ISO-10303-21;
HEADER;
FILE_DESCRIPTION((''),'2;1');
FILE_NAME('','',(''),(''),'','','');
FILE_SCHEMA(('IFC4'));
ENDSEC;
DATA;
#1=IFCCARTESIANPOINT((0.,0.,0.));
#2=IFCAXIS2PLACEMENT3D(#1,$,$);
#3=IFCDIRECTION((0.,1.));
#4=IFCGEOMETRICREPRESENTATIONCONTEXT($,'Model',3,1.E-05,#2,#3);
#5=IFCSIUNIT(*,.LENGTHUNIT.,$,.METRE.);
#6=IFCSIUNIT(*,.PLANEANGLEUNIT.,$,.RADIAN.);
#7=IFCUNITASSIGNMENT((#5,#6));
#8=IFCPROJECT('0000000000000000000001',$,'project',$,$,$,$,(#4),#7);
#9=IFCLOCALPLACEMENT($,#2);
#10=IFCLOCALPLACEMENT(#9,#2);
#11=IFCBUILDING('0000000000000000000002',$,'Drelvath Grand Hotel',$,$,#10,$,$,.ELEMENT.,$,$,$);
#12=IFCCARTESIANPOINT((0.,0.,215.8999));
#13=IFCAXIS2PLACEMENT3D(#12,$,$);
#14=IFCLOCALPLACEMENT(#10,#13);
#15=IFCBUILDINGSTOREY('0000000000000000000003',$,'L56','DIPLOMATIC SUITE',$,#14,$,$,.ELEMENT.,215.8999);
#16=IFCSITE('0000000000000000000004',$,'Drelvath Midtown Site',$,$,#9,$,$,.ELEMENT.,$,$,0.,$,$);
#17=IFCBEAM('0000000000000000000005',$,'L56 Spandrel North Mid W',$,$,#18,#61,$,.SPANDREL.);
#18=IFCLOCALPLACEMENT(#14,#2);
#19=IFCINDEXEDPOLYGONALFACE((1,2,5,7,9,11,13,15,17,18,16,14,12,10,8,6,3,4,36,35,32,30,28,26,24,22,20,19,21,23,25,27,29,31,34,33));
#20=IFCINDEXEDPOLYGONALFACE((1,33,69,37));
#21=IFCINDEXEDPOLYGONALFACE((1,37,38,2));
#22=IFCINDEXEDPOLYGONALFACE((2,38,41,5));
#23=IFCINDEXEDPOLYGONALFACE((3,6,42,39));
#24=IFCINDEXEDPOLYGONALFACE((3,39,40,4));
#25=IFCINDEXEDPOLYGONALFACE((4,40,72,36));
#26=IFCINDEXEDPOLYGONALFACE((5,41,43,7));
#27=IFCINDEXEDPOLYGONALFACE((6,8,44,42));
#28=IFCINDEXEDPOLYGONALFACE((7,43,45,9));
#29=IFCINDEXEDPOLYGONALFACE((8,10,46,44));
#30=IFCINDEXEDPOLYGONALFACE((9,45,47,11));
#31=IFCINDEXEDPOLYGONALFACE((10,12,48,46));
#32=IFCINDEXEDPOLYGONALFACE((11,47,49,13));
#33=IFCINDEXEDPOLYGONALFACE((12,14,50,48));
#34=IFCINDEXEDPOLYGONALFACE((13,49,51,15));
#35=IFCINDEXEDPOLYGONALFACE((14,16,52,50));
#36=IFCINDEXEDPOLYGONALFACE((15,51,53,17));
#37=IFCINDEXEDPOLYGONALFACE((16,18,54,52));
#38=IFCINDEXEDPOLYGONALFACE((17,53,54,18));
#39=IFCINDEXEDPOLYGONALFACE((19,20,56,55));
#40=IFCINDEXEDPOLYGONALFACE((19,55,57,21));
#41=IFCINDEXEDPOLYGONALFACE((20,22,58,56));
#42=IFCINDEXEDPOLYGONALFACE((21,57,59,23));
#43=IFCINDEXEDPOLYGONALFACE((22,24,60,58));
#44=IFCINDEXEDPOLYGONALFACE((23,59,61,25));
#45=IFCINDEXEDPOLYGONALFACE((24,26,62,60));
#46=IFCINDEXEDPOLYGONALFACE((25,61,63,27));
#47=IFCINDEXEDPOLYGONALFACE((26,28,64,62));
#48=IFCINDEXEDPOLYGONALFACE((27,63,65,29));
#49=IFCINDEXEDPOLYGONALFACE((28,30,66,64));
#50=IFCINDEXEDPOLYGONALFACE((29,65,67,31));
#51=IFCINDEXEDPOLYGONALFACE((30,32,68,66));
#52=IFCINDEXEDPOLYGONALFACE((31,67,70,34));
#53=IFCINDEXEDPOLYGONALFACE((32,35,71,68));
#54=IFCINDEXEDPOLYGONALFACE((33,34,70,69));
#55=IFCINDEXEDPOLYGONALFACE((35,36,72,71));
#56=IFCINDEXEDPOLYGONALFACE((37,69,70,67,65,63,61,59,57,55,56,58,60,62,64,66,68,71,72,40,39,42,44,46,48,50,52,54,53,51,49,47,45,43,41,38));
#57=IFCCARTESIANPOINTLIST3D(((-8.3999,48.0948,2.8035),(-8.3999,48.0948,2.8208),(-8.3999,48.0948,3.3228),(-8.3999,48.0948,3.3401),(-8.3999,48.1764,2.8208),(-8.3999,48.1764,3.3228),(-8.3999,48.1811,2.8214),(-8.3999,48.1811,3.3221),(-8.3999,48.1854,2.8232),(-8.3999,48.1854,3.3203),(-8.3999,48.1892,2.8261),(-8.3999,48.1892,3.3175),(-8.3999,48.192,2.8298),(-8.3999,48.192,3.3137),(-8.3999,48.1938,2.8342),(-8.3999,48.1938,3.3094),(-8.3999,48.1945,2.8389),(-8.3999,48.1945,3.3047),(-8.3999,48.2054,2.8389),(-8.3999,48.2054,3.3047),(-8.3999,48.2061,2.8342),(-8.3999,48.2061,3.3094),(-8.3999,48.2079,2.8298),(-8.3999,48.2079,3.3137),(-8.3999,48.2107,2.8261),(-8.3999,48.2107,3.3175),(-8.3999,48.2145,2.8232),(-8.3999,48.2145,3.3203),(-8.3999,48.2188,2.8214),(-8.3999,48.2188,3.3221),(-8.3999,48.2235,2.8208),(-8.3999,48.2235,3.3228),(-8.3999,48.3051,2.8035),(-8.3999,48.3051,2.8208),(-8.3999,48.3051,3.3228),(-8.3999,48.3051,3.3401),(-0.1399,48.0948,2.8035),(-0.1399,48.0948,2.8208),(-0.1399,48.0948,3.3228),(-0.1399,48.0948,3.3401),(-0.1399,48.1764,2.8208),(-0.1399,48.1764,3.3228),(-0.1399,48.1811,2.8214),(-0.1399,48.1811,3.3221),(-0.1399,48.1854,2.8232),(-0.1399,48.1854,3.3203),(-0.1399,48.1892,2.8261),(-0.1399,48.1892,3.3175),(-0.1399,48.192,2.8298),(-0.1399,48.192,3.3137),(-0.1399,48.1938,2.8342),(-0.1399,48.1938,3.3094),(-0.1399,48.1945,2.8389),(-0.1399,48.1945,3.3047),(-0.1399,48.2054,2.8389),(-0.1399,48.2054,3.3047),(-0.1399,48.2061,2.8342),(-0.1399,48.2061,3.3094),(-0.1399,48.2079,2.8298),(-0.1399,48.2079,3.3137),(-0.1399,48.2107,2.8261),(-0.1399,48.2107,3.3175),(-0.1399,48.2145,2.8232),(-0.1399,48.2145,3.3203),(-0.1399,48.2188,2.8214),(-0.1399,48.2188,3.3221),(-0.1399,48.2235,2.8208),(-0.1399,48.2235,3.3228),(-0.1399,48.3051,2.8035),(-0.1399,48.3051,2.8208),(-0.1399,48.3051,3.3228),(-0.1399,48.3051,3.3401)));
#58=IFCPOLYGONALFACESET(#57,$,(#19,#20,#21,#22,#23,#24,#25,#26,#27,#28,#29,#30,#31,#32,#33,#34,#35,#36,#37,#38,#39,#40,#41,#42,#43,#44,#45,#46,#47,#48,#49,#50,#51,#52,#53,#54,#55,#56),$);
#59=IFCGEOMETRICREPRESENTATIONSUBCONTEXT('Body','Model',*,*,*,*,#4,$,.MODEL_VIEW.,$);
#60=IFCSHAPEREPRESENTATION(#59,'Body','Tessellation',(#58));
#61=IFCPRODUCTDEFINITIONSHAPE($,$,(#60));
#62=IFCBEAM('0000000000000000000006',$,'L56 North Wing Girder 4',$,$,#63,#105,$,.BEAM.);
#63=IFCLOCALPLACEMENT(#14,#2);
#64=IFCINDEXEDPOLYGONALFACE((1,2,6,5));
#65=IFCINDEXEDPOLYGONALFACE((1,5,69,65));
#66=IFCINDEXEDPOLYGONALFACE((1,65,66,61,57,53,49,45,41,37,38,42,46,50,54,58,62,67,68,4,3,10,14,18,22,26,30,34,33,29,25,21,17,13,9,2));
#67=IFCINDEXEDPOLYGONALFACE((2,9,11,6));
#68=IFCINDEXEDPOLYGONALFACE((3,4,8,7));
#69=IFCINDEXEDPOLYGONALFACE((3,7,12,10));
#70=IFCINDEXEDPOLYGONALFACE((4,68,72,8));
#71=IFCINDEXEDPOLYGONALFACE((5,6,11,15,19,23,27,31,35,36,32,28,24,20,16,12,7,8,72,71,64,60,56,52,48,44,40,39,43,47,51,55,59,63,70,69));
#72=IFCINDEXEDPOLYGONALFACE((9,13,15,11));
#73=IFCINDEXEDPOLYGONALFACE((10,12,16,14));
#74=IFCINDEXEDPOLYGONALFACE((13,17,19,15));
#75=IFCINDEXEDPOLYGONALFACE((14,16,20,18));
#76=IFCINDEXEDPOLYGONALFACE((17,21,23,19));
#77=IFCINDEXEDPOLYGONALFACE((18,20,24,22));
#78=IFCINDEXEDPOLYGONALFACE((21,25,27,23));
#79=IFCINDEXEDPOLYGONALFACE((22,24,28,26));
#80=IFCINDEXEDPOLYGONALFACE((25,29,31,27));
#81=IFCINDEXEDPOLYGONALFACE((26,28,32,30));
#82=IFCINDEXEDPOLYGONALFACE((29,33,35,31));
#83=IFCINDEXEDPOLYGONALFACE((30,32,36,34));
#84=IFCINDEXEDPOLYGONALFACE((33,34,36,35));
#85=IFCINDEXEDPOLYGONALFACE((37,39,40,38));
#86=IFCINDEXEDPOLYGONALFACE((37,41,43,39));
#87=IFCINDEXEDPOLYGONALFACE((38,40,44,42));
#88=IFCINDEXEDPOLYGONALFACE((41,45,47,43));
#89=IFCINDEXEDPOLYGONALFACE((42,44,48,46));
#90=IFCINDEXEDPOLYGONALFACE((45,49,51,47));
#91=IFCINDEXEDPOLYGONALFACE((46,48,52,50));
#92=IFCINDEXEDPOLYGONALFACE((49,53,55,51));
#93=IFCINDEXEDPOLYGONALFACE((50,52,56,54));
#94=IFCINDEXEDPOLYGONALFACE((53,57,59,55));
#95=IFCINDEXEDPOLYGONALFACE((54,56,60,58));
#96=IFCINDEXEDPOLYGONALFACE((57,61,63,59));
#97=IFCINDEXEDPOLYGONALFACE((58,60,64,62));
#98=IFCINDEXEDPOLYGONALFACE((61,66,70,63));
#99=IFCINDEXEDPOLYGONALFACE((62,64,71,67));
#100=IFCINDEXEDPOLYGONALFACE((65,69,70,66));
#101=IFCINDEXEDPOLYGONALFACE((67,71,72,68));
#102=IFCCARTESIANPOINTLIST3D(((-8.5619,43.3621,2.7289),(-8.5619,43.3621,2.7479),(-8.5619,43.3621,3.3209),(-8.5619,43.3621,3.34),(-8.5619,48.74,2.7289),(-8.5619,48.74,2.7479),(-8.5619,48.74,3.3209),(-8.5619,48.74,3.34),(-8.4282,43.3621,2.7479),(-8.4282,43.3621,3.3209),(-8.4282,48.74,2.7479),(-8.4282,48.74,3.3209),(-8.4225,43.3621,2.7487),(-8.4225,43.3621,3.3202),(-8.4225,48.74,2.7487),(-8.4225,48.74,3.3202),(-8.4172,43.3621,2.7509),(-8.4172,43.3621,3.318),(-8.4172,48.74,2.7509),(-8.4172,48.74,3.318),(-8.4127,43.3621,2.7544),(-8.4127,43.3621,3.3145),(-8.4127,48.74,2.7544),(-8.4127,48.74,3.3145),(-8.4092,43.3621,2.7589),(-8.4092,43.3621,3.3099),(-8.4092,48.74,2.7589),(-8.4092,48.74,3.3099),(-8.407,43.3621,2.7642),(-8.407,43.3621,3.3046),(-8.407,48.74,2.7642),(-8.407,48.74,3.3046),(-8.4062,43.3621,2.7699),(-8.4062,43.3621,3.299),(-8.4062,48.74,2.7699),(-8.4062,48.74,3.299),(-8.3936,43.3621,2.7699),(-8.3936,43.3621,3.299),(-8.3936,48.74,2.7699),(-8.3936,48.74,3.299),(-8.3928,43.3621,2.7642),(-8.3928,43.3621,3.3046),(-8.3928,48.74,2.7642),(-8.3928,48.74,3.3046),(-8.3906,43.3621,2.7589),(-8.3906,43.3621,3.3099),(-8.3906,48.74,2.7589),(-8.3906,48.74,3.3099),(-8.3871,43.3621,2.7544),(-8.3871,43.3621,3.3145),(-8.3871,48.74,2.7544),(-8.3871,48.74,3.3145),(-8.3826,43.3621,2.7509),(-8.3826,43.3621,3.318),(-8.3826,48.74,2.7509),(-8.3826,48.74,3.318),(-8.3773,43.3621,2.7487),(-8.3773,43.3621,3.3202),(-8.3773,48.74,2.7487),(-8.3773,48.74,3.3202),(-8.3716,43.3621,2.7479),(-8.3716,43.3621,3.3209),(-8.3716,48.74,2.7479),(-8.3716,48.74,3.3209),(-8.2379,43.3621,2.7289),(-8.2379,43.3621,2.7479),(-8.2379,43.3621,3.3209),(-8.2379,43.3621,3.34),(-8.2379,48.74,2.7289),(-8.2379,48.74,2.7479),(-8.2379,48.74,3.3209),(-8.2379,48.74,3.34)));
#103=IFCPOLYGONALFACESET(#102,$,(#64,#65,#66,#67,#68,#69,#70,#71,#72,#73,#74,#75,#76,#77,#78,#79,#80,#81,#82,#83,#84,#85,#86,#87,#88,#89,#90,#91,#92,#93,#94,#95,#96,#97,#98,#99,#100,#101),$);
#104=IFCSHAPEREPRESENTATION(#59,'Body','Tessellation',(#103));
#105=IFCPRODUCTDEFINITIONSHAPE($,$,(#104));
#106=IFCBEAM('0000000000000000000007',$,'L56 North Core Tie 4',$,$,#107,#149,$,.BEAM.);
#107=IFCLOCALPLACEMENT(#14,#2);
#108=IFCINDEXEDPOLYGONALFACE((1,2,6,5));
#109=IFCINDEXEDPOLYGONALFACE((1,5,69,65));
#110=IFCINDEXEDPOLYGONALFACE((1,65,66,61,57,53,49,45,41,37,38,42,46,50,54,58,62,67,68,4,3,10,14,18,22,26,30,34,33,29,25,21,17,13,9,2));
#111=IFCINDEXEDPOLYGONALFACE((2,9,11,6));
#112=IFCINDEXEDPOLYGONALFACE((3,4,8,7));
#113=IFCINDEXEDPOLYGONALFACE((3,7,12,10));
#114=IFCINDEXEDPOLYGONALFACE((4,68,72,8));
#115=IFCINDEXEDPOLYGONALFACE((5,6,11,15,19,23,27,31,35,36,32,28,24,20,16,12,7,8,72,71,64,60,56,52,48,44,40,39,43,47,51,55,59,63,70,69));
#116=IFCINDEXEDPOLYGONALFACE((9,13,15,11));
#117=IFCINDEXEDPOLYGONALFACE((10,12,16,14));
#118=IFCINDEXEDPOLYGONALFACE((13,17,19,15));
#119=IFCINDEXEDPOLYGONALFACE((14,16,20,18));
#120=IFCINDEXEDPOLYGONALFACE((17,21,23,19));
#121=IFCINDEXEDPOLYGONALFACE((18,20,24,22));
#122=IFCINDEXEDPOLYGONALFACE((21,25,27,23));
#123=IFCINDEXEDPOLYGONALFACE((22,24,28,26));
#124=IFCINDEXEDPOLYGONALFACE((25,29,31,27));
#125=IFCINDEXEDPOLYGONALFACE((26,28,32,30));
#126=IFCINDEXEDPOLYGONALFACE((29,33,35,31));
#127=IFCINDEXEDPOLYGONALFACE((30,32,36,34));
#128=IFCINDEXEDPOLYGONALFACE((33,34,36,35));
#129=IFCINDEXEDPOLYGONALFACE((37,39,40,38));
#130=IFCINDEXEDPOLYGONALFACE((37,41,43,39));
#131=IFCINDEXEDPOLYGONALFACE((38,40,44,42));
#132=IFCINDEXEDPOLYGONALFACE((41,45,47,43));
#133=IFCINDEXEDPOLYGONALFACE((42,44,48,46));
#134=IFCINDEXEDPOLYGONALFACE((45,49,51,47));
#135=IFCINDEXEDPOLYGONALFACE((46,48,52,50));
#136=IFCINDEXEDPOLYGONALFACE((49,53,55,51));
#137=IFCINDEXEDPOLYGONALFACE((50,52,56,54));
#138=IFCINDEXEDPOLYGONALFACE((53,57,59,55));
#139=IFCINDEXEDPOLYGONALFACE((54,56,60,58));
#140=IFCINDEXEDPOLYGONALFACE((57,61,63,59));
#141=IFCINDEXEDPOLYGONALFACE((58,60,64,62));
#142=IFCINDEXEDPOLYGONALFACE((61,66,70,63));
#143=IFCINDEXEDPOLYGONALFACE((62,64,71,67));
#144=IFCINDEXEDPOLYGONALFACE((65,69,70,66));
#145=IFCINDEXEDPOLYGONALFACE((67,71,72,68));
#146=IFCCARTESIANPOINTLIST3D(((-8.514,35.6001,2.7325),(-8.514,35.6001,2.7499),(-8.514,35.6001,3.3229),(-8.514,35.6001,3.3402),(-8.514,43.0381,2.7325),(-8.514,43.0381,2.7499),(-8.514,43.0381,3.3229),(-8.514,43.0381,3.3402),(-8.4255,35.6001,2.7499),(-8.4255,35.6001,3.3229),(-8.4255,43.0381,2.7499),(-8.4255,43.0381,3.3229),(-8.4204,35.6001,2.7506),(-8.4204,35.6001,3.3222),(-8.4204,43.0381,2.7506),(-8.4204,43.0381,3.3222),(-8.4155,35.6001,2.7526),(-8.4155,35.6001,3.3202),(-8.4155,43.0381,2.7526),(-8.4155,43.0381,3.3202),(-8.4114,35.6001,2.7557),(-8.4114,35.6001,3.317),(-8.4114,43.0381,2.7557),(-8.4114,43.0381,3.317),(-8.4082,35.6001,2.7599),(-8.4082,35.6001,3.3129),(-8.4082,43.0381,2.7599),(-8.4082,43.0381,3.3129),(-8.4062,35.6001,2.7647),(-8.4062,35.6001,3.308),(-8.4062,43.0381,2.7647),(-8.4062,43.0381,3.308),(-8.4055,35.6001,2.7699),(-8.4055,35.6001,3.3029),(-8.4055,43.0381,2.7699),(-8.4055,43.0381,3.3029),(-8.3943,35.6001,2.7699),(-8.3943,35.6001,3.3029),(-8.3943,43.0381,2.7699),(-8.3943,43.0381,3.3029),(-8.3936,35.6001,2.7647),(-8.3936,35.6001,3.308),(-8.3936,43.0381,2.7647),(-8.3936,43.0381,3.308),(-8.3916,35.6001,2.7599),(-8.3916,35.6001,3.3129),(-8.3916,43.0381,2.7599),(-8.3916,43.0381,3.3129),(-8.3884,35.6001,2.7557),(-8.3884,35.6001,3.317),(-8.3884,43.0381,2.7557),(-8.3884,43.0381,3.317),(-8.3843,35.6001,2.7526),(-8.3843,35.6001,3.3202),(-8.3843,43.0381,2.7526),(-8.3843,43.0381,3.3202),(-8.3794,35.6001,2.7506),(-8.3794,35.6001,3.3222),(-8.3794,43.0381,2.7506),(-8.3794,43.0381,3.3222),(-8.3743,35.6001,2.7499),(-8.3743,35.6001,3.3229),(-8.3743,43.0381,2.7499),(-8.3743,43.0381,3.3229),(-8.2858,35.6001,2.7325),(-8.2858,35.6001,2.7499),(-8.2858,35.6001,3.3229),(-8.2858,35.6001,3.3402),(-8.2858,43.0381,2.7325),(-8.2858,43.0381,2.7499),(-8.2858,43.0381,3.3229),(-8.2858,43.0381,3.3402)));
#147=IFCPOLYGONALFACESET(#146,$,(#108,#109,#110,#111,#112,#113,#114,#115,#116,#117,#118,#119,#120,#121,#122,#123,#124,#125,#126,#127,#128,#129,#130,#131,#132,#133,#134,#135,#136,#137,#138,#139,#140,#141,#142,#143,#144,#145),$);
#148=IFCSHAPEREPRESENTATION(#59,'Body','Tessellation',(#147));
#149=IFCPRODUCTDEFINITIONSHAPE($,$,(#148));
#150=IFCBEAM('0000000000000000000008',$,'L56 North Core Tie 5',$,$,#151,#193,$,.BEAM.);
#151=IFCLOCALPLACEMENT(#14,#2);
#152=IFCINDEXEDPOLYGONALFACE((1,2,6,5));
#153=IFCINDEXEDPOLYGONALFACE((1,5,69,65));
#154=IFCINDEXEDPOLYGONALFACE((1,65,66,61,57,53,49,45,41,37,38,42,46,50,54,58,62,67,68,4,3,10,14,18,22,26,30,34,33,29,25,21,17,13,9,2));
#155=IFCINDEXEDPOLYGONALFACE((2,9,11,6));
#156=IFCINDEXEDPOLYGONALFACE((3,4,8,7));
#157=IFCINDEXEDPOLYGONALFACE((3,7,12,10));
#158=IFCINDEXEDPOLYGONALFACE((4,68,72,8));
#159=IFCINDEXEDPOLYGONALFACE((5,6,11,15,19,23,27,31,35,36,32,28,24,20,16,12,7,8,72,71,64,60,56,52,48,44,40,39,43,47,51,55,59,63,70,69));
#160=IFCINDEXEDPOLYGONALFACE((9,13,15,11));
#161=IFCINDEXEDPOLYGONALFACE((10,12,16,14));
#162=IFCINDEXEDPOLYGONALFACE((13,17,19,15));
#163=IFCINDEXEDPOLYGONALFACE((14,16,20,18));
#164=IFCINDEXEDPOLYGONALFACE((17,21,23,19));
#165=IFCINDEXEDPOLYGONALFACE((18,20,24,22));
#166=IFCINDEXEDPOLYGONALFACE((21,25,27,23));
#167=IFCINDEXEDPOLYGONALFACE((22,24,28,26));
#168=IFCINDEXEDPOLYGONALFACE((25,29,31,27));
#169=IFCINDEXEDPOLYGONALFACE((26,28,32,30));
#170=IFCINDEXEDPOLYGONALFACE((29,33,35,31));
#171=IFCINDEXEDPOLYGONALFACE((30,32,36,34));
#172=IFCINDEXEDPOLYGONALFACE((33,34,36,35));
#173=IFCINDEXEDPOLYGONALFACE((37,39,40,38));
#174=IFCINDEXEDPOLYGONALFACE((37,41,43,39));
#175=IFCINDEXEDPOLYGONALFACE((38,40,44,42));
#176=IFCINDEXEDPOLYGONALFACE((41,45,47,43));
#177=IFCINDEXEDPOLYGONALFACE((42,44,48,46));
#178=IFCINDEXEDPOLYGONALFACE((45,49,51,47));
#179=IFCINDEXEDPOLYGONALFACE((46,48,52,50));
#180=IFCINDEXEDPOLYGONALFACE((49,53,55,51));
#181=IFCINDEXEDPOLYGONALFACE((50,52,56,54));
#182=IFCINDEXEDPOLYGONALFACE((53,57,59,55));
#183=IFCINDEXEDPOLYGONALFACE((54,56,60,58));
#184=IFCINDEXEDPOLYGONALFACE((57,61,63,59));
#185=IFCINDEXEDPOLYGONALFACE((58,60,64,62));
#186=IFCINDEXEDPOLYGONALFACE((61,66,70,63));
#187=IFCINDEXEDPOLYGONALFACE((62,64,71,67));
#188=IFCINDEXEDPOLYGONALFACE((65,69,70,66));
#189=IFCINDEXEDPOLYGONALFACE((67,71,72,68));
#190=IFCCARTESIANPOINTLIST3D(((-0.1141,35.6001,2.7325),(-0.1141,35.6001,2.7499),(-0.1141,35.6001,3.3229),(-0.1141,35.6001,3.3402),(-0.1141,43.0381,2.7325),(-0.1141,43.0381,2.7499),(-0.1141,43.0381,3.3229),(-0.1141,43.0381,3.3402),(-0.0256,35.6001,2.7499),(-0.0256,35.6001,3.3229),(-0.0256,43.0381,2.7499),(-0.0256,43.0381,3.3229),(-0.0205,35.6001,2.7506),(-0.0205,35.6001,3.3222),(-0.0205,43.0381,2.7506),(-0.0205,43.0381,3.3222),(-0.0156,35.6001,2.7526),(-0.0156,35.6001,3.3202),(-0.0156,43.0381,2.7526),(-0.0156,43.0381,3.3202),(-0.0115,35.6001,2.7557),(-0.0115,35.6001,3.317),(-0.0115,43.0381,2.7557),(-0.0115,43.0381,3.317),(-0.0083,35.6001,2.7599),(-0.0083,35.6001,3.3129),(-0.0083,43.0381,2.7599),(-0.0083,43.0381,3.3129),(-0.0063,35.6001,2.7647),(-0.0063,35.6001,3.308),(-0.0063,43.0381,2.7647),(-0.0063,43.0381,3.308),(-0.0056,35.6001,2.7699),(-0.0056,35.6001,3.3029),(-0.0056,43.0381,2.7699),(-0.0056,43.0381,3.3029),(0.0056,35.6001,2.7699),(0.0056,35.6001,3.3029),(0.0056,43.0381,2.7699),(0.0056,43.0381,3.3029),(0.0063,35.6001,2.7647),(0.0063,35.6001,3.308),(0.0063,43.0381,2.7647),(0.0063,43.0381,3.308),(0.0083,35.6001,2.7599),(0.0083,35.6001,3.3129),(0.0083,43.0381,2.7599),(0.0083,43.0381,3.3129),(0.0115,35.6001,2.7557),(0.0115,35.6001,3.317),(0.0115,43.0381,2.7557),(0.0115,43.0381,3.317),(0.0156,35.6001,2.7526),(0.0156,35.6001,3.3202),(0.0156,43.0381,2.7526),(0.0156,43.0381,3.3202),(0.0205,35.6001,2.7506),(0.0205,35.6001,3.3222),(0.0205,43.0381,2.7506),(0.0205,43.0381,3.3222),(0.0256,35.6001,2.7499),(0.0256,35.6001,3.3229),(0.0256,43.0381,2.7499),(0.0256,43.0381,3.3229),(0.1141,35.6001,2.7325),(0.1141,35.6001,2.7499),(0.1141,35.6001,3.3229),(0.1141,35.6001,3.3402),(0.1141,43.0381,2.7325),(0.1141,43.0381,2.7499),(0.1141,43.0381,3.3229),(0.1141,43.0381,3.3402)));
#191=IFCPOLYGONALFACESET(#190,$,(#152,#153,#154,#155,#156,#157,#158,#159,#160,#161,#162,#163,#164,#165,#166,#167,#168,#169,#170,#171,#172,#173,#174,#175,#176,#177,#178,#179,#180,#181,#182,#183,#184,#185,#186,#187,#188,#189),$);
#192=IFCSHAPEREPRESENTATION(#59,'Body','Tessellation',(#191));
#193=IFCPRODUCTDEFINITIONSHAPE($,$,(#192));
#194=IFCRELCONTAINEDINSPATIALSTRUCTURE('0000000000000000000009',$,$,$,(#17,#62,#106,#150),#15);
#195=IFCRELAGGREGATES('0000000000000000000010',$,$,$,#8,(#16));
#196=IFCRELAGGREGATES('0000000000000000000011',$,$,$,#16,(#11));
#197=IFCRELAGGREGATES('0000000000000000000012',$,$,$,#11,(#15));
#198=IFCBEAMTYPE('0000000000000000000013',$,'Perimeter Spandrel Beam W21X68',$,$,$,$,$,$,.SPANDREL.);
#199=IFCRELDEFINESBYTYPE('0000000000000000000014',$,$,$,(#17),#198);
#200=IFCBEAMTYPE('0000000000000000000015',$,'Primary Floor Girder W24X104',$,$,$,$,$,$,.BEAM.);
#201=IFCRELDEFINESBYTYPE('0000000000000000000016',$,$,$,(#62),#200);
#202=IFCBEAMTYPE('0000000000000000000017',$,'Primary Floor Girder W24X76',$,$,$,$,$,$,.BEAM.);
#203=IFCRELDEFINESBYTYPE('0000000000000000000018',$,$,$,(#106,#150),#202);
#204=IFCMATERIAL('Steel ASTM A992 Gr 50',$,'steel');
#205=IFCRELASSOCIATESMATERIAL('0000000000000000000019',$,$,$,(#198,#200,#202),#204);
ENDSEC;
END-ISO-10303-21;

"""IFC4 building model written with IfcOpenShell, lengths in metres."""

from ifc_helpers import new_model, si_unit, direction, frame, origin, origin_2d, place, context, subcontext, project, spatial, i_section, extrude, material, material_profile, profile_set, type_object, element, save


model = new_model("IFC4")

# Units and contexts
model_context = context("Model", 3, precision=1e-05, world=origin(), true_north=direction((0.0, 1.0)))
body_context = subcontext(model_context, "Body", "Model", "MODEL_VIEW")
ifc_project = project(units=[si_unit("LENGTHUNIT", "METRE"), si_unit("PLANEANGLEUNIT", "RADIAN")], contexts=[model_context])

# Site, building, storey
site_placement = place(None, origin())
site = spatial("IfcSite", under=ifc_project, at=site_placement, Name="Drelvath Midtown Site", CompositionType="ELEMENT", RefElevation=0.0)
building_placement = place(site_placement, origin())
building = spatial("IfcBuilding", under=site, at=building_placement, Name="Drelvath Grand Hotel", CompositionType="ELEMENT")
storey_placement = place(building_placement, frame((0.0, 0.0, 215.8999)))
storey = spatial("IfcBuildingStorey", under=building, at=storey_placement, Name="L56", Description="DIPLOMATIC SUITE", CompositionType="ELEMENT", Elevation=215.8999)

# Beams
ifc_material_1 = material(Name="Steel ASTM A992 Gr 50", Category="steel")
ifc_material_profile_1 = material_profile(ifc_material_1, i_section(OverallWidth=0.2102, OverallDepth=0.5366, WebThickness=0.011, FlangeThickness=0.0173, FilletRadius=0.0181, at=origin_2d()), Name="W21X68")
ifc_profile_set_1 = profile_set([ifc_material_profile_1], Name="Steel ASTM A992 Gr 50")
beam_type_1 = type_object("IfcBeamType", Name="Perimeter Spandrel Beam W21X68", PredefinedType="SPANDREL", material=ifc_profile_set_1)
beam_1_placement = place(storey_placement, frame((-8.3999, 48.2, 3.0718), z_axis=(1.0, 0.0, 0.0), x_axis=(0.0, 1.0, 0.0)))
element("IfcBeam", 1, at=beam_1_placement, inside=storey, type_object=beam_type_1, Name="L56 Spandrel North Mid W", PredefinedType="SPANDREL", context=body_context, shape_type="SweptSolid", body=[
    extrude(i_section(OverallWidth=0.2102, OverallDepth=0.5366, WebThickness=0.011, FlangeThickness=0.0173, FilletRadius=0.0181, at=origin_2d()), origin(), (0.0, 0.0, 1.0), 8.26),
])
ifc_material_profile_2 = material_profile(ifc_material_1, i_section(OverallWidth=0.324, OverallDepth=0.6111, WebThickness=0.0127, FlangeThickness=0.019, FilletRadius=0.022, at=origin_2d()), Name="W24X104")
ifc_profile_set_2 = profile_set([ifc_material_profile_2], Name="Steel ASTM A992 Gr 50")
beam_type_2 = type_object("IfcBeamType", Name="Primary Floor Girder W24X104", PredefinedType="BEAM", material=ifc_profile_set_2)
beam_2_placement = place(storey_placement, frame((-8.3999, 43.3621, 3.0344), z_axis=(0.0, 1.0, 0.0), x_axis=(-1.0, 0.0, 0.0)))
element("IfcBeam", 2, at=beam_2_placement, inside=storey, type_object=beam_type_2, Name="L56 North Wing Girder 4", PredefinedType="BEAM", context=body_context, shape_type="SweptSolid", body=[
    extrude(i_section(OverallWidth=0.324, OverallDepth=0.6111, WebThickness=0.0127, FlangeThickness=0.019, FilletRadius=0.022, at=origin_2d()), origin(), (0.0, 0.0, 1.0), 5.3779),
])
ifc_material_profile_3 = material_profile(ifc_material_1, i_section(OverallWidth=0.2283, OverallDepth=0.6077, WebThickness=0.0112, FlangeThickness=0.0173, FilletRadius=0.02, at=origin_2d()), Name="W24X76")
ifc_profile_set_3 = profile_set([ifc_material_profile_3], Name="Steel ASTM A992 Gr 50")
beam_type_3 = type_object("IfcBeamType", Name="Primary Floor Girder W24X76", PredefinedType="BEAM", material=ifc_profile_set_3)
for number, where, z_axis, x_axis, name in (
    (3, (-8.3999, 35.6001, 3.0364), (0.0, 1.0, 0.0), (-1.0, 0.0, 0.0), "L56 North Core Tie 4"),
    (4, (0.0, 35.6001, 3.0364), (0.0, 1.0, 0.0), (-1.0, 0.0, 0.0), "L56 North Core Tie 5"),
):
    element("IfcBeam", number, at=place(storey_placement, frame(where, z_axis=z_axis, x_axis=x_axis)), inside=storey, type_object=beam_type_3, Name=name, PredefinedType="BEAM", context=body_context, shape_type="SweptSolid", body=[
        extrude(i_section(OverallWidth=0.2283, OverallDepth=0.6077, WebThickness=0.0112, FlangeThickness=0.0173, FilletRadius=0.02, at=origin_2d()), origin(), (0.0, 0.0, 1.0), 7.438),
    ])

save(model, "model.ifc")
